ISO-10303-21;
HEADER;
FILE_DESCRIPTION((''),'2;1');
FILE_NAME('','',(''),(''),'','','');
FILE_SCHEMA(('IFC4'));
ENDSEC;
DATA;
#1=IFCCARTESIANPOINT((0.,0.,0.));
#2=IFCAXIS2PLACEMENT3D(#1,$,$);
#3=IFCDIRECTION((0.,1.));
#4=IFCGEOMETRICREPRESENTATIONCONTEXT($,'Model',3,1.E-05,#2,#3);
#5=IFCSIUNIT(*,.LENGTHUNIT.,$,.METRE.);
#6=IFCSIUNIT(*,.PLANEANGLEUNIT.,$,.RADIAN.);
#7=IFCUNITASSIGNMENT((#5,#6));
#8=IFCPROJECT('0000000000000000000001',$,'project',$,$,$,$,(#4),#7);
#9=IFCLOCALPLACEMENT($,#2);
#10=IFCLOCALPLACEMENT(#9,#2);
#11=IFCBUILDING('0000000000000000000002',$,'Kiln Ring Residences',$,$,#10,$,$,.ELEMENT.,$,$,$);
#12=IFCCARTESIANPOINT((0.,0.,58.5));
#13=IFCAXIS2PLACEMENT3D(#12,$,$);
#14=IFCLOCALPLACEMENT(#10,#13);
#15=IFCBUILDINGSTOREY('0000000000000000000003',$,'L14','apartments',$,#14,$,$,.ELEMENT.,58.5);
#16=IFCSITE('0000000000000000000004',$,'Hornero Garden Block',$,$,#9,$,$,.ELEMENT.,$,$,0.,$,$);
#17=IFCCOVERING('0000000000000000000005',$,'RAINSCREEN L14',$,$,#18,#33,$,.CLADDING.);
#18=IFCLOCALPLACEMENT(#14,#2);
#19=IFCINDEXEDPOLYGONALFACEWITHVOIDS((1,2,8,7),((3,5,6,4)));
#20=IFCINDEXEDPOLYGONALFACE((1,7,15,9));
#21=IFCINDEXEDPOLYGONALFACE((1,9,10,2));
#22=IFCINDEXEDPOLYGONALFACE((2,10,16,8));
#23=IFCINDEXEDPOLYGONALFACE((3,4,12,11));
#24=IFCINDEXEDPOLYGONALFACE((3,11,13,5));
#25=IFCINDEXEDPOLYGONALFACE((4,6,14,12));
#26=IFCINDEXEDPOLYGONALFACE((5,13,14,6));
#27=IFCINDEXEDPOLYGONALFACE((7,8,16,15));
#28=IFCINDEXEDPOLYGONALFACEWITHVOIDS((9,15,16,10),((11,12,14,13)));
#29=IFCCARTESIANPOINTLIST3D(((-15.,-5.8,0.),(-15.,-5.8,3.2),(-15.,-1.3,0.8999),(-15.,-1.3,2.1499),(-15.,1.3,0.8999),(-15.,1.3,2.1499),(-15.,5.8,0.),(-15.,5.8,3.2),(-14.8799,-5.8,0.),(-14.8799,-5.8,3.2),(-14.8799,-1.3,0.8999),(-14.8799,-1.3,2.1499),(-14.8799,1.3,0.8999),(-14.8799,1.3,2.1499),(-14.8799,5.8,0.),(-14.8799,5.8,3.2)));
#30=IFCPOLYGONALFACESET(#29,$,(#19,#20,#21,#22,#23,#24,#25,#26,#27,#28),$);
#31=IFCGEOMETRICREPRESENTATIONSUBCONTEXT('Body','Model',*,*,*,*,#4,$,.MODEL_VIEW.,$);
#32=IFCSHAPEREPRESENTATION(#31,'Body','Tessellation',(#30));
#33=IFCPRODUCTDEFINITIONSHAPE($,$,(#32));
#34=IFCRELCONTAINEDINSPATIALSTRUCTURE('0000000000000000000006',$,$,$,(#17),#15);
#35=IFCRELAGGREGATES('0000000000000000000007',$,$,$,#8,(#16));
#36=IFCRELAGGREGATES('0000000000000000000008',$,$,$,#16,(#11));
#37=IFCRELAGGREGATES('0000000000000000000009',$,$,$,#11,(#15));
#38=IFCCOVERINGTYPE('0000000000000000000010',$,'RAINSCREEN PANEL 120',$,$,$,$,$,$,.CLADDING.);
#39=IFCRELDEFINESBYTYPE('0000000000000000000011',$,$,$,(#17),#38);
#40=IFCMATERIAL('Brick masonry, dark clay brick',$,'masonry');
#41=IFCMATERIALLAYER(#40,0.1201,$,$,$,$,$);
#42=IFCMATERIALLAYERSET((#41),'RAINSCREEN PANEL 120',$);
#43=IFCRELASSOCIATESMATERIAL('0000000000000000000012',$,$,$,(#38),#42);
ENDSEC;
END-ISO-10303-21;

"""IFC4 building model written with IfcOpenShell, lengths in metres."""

from ifc_helpers import new_model, si_unit, direction, frame, origin, place, context, subcontext, project, spatial, polyline, outline, extrude, material, layer, layer_set, type_object, element, save


model = new_model("IFC4")

# Units and contexts
model_context = context("Model", 3, precision=1e-05, world=origin(), true_north=direction((0.0, 1.0)))
body_context = subcontext(model_context, "Body", "Model", "MODEL_VIEW")
ifc_project = project(units=[si_unit("LENGTHUNIT", "METRE"), si_unit("PLANEANGLEUNIT", "RADIAN")], contexts=[model_context])

# Site, building, storey
site_placement = place(None, origin())
site = spatial("IfcSite", under=ifc_project, at=site_placement, Name="Hornero Garden Block", CompositionType="ELEMENT", RefElevation=0.0)
building_placement = place(site_placement, origin())
building = spatial("IfcBuilding", under=site, at=building_placement, Name="Kiln Ring Residences", CompositionType="ELEMENT")
storey_placement = place(building_placement, frame((0.0, 0.0, 58.5)))
storey = spatial("IfcBuildingStorey", under=building, at=storey_placement, Name="L14", Description="apartments", CompositionType="ELEMENT", Elevation=58.5)

# Covering
ifc_material_1 = material(Name="Brick masonry, dark clay brick", Category="masonry")
ifc_layer_1 = layer(ifc_material_1, 0.1201)
ifc_layer_set_1 = layer_set([ifc_layer_1], Name="RAINSCREEN PANEL 120")
covering_type = type_object("IfcCoveringType", Name="RAINSCREEN PANEL 120", PredefinedType="CLADDING", material=ifc_layer_set_1)
covering_placement = place(storey_placement, frame((-14.9399, -5.8, 0.0), z_axis=(0.0, 0.0, 1.0), x_axis=(0.0, 1.0, 0.0)))
element("IfcCovering", 1, at=covering_placement, inside=storey, type_object=covering_type, Name="RAINSCREEN L14", PredefinedType="CLADDING", context=body_context, shape_type="SweptSolid", body=[
    extrude(outline(polyline([(0.0, 0.0), (11.6001, 0.0), (11.6001, 3.2), (0.0, 3.2), (0.0, 0.0)]), holes=[polyline([(4.5, 2.1499), (4.5, 0.8999), (7.1001, 0.8999), (7.1001, 2.1499), (4.5, 2.1499)])]), frame((0.0, 0.0601, 0.0), z_axis=(0.0, -1.0, 0.0), x_axis=(1.0, 0.0, 0.0)), (0.0, 0.0, 1.0), 0.1201),
])

save(model, "model.ifc")
